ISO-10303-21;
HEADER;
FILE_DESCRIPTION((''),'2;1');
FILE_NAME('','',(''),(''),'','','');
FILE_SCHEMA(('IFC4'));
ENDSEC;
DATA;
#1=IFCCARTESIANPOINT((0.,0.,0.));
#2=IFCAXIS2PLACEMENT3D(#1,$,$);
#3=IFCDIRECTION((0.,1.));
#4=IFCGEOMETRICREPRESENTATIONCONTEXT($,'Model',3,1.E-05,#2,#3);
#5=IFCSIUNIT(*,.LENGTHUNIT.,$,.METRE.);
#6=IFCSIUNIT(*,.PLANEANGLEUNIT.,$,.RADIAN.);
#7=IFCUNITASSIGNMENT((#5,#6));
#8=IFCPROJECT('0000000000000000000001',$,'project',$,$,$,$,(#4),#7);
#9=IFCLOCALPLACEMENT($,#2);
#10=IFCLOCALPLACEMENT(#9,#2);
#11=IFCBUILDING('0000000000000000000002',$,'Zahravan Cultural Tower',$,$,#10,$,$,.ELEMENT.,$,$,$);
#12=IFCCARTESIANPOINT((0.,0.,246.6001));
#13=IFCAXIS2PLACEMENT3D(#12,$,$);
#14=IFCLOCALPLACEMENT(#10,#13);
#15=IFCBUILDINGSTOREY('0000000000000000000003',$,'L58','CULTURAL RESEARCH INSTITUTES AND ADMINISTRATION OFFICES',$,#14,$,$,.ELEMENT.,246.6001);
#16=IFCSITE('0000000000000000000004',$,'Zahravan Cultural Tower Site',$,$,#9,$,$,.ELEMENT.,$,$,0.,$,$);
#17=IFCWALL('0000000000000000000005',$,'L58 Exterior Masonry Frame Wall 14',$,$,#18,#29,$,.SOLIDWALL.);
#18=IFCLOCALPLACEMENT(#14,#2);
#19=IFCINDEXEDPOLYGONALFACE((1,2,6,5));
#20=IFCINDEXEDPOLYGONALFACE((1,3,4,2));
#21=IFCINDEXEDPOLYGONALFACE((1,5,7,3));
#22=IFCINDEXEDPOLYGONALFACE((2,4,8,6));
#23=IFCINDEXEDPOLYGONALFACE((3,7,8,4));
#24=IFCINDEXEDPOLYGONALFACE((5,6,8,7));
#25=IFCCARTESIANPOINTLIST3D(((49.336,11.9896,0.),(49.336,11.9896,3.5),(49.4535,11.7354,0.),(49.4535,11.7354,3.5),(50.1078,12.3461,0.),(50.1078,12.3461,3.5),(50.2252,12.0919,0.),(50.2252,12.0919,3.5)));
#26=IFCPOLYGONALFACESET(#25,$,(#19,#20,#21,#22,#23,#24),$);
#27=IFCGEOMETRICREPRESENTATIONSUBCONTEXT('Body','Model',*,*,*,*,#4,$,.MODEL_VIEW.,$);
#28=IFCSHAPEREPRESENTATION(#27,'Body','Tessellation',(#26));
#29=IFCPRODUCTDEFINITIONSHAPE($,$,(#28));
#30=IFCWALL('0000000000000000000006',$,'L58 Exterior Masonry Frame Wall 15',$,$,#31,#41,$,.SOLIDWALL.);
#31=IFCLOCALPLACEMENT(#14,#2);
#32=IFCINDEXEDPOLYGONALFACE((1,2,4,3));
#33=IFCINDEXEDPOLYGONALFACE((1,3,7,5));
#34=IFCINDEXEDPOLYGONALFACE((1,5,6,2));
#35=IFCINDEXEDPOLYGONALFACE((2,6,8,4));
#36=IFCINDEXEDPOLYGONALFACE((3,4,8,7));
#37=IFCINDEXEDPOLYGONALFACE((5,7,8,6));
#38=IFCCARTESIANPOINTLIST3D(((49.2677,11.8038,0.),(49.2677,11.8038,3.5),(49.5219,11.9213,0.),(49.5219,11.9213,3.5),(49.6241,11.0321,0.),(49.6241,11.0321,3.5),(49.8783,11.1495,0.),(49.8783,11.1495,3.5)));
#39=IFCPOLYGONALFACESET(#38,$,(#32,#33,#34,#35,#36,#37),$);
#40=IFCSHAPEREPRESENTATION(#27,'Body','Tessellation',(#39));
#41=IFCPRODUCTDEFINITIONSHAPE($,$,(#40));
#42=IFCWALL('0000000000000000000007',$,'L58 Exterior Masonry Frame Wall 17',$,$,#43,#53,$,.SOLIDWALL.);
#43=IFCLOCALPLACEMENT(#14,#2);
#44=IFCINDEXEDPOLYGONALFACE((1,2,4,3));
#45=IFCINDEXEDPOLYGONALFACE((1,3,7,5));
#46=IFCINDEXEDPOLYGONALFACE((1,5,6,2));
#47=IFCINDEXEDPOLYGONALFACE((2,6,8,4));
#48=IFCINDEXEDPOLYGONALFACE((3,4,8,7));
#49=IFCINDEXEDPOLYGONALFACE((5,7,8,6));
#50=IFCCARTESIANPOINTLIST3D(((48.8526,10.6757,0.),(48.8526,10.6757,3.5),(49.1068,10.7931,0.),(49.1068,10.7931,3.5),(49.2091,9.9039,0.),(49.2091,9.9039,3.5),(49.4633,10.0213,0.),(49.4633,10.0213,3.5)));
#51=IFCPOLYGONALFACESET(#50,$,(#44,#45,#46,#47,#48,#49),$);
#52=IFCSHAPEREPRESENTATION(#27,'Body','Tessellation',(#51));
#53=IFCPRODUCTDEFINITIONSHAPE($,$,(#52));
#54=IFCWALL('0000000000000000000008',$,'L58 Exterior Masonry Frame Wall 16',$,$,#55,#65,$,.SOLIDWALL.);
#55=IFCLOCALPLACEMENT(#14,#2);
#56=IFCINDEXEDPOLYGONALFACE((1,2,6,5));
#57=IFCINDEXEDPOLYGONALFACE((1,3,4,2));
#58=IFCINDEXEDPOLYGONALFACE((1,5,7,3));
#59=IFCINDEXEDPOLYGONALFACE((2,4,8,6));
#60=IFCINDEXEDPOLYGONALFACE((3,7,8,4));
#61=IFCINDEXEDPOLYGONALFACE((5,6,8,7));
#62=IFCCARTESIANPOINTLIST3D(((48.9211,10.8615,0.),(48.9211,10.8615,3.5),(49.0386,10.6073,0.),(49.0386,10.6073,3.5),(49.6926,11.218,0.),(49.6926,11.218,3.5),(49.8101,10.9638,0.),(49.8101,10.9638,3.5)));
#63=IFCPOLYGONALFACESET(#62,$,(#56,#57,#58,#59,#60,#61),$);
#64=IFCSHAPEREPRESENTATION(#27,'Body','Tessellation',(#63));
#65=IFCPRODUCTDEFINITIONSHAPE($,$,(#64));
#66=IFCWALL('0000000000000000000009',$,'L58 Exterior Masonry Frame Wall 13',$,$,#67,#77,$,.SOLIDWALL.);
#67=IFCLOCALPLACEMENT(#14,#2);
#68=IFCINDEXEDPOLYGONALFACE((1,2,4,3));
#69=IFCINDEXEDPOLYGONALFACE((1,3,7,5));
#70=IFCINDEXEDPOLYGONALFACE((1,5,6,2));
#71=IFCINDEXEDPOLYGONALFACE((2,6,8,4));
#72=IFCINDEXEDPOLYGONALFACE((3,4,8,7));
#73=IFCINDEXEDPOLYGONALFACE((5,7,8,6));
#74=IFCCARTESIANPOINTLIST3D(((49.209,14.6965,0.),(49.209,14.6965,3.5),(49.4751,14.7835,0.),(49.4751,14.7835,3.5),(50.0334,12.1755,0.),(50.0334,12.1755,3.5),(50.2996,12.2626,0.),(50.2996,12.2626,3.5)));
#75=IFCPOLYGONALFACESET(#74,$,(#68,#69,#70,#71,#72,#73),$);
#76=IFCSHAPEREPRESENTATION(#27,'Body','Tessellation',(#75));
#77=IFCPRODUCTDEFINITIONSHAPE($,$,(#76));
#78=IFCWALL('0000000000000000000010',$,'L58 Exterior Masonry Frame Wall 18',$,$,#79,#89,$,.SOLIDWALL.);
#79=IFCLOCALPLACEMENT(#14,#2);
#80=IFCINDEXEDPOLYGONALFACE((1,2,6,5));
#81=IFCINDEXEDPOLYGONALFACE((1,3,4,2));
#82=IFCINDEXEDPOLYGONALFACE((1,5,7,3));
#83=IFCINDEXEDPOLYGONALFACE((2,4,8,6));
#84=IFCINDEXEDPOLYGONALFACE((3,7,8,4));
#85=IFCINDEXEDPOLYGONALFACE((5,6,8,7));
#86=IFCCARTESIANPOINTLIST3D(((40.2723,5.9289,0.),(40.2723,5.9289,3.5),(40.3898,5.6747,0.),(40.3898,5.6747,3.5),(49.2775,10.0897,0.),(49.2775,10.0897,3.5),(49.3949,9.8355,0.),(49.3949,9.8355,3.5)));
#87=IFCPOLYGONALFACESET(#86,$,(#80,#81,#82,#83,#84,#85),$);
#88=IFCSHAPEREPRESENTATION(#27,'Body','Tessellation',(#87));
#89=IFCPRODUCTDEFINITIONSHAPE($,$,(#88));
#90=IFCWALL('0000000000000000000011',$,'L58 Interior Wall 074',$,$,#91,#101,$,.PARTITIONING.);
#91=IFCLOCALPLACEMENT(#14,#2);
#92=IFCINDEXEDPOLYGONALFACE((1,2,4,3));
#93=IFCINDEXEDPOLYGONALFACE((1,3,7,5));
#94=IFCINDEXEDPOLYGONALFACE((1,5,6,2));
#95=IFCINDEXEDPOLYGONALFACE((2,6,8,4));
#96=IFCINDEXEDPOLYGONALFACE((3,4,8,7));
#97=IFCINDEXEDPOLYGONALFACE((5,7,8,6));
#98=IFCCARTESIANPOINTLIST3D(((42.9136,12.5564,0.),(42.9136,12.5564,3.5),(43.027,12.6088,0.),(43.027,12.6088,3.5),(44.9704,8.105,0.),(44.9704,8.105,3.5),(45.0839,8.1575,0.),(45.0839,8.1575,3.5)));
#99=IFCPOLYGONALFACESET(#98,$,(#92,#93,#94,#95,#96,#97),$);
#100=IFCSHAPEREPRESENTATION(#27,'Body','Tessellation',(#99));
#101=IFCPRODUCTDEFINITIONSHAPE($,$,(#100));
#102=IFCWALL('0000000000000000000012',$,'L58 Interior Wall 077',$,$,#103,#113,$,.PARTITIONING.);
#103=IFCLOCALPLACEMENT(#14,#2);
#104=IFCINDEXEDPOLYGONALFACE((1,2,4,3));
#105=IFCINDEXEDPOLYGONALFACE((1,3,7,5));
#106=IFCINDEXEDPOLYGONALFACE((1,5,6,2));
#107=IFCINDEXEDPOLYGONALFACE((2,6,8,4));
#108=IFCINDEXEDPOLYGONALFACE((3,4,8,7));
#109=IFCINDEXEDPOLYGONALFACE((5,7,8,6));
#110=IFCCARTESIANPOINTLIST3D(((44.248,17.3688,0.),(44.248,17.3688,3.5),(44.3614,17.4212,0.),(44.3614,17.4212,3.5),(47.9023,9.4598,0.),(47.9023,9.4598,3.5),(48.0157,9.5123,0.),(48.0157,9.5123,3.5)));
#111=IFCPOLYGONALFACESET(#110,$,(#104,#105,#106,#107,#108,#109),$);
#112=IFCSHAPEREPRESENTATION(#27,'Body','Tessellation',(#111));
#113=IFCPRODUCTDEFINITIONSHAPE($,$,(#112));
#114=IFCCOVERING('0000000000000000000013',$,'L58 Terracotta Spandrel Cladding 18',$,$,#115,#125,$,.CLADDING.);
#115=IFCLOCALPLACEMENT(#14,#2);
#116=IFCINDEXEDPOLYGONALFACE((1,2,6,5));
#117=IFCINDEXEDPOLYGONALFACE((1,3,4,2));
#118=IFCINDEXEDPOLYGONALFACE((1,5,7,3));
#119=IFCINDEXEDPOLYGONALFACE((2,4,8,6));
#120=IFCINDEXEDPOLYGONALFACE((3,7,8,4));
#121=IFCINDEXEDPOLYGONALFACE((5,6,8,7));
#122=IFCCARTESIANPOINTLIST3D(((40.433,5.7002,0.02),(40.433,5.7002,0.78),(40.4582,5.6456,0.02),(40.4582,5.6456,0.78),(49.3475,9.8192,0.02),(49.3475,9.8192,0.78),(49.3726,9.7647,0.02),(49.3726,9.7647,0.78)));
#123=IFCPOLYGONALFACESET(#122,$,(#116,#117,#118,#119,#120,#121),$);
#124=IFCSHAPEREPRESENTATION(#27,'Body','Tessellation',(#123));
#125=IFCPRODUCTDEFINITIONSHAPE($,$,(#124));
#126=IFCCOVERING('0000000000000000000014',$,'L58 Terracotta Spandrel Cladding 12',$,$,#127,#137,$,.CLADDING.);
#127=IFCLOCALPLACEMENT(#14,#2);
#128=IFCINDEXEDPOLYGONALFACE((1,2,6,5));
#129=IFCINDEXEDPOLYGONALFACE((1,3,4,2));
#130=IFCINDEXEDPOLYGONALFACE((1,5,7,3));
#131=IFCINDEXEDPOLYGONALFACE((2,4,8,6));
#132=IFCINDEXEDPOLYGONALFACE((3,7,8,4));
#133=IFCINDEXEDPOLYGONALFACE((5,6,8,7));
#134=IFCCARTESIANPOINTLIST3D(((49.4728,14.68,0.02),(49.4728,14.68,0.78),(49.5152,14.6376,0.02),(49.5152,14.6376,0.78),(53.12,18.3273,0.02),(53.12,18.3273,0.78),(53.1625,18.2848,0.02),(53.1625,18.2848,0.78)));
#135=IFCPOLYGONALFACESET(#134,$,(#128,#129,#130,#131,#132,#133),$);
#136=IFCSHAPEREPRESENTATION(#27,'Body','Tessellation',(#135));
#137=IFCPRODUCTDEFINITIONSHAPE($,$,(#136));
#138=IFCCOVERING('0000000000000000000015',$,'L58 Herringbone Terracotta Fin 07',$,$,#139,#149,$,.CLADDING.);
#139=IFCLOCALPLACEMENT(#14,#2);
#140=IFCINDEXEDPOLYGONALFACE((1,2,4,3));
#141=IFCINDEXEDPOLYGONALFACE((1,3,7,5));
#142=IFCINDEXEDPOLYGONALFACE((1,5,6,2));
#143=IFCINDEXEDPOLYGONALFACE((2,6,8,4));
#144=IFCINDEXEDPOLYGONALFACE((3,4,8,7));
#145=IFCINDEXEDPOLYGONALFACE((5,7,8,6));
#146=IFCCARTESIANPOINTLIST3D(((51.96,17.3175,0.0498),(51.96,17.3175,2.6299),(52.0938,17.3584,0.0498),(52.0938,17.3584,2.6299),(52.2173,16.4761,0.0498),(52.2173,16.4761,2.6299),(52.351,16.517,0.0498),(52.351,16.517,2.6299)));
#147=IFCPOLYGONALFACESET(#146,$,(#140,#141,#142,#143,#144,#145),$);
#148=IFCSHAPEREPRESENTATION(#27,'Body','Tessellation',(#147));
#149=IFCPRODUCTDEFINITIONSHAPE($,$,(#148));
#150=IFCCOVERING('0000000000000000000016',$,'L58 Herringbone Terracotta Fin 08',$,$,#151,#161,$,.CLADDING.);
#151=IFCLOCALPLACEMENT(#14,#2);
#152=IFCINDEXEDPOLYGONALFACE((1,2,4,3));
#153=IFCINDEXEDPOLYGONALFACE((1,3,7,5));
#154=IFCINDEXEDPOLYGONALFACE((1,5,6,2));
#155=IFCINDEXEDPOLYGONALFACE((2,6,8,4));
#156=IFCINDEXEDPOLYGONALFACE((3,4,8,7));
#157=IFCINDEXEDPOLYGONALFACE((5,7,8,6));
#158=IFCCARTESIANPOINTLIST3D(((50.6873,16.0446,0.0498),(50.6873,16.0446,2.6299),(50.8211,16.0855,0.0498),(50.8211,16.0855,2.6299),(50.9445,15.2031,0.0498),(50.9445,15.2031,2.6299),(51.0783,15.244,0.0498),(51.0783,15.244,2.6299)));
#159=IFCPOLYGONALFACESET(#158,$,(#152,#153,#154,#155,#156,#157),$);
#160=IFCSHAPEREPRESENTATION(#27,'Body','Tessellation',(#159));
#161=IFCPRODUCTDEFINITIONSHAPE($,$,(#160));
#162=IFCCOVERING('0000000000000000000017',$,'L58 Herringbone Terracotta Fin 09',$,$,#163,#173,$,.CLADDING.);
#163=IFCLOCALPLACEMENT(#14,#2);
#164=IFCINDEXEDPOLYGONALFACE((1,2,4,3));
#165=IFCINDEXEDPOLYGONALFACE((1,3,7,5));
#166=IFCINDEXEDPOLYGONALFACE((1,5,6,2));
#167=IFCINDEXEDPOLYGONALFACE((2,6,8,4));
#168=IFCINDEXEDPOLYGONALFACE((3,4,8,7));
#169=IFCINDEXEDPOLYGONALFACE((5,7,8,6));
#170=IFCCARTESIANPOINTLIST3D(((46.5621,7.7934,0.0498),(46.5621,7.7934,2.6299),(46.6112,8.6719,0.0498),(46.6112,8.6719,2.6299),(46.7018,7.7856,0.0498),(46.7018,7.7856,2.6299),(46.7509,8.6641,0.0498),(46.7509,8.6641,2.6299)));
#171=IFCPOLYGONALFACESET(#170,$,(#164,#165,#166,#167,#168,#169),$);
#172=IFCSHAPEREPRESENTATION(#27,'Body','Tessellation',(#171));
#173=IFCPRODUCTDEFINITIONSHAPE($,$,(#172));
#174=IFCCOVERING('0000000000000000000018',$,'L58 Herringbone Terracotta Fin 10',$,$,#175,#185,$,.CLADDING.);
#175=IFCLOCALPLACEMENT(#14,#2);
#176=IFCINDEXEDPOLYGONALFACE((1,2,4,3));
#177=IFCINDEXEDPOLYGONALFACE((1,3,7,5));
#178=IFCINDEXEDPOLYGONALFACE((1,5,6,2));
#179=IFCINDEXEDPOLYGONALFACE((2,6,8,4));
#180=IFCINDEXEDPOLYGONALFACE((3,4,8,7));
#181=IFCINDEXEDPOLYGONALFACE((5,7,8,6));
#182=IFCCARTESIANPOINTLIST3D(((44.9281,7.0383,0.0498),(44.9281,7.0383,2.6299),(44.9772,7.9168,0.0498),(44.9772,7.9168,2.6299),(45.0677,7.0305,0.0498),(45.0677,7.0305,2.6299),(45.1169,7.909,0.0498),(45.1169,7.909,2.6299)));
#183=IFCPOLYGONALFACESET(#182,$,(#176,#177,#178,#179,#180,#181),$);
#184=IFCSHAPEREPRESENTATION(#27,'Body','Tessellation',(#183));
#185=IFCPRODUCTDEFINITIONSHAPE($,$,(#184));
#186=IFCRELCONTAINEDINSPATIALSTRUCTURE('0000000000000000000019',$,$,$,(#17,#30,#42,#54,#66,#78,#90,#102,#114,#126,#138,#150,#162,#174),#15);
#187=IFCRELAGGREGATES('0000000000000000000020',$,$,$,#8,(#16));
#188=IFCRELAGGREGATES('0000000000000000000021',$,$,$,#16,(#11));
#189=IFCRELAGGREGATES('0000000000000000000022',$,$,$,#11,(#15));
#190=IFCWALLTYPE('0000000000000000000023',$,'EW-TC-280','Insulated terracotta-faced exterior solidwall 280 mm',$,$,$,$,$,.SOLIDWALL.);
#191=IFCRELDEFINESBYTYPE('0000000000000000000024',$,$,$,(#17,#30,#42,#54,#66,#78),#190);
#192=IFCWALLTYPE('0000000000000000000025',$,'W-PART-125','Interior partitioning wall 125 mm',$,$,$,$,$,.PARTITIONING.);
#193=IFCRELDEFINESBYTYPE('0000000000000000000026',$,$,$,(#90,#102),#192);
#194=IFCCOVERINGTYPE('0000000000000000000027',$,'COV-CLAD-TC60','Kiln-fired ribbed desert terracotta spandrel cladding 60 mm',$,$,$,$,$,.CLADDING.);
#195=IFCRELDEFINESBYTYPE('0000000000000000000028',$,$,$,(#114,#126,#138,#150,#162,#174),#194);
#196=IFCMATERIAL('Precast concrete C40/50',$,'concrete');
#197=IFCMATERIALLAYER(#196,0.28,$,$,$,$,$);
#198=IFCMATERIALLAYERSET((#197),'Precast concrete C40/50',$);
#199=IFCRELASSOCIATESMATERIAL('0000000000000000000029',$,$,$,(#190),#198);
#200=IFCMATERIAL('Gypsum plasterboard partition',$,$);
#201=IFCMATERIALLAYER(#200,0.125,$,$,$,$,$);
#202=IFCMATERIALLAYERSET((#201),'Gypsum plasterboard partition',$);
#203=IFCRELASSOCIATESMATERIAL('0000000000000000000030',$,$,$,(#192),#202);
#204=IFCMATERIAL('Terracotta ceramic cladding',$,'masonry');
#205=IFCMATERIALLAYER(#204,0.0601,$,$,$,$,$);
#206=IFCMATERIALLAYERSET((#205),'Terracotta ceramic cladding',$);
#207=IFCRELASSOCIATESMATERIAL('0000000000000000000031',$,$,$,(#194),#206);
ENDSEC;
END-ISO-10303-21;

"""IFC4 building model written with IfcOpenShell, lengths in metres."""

from ifc_helpers import new_model, si_unit, direction, frame, frame_2d, origin, origin_2d, place, context, subcontext, project, spatial, rectangle, extrude, source, transform, mapped, material, layer, layer_set, type_object, element, save


model = new_model("IFC4")

# Units and contexts
model_context = context("Model", 3, precision=1e-05, world=origin(), true_north=direction((0.0, 1.0)))
body_context = subcontext(model_context, "Body", "Model", "MODEL_VIEW")
ifc_project = project(units=[si_unit("LENGTHUNIT", "METRE"), si_unit("PLANEANGLEUNIT", "RADIAN")], contexts=[model_context])

# Site, building, storey
site_placement = place(None, origin())
site = spatial("IfcSite", under=ifc_project, at=site_placement, Name="Zahravan Cultural Tower Site", CompositionType="ELEMENT", RefElevation=0.0)
building_placement = place(site_placement, origin())
building = spatial("IfcBuilding", under=site, at=building_placement, Name="Zahravan Cultural Tower", CompositionType="ELEMENT")
storey_placement = place(building_placement, frame((0.0, 0.0, 246.6001)))
storey = spatial("IfcBuildingStorey", under=building, at=storey_placement, Name="L58", Description="CULTURAL RESEARCH INSTITUTES AND ADMINISTRATION OFFICES", CompositionType="ELEMENT", Elevation=246.6001)

# Walls
ifc_material_1 = material(Name="Precast concrete C40/50", Category="concrete")
ifc_layer_1 = layer(ifc_material_1, 0.28)
ifc_layer_set_1 = layer_set([ifc_layer_1], Name="Precast concrete C40/50")
wall_type_1 = type_object("IfcWallType", Name="EW-TC-280", Description="Insulated terracotta-faced exterior solidwall 280 mm", PredefinedType="SOLIDWALL", material=ifc_layer_set_1)
shared_shape_1 = source(origin(), body_context, "Body", "SweptSolid", [
    extrude(rectangle(XDim=0.8501, YDim=0.28, at=frame_2d((0.425, 0.0))), origin(), (0.0, 0.0, 1.0), 3.5),
])
for number, where, z_axis, x_axis, name in (
    (1, (50.1665, 12.219, 0.0), (0.0, 0.0, 1.0), (-0.907842, -0.419313, 0.0), "L58 Exterior Masonry Frame Wall 14"),
    (2, (49.3948, 11.8625, 0.0), (0.0, 0.0, 1.0), (0.419313, -0.907842, 0.0), "L58 Exterior Masonry Frame Wall 15"),
    (3, (48.9797, 10.7344, 0.0), (0.0, 0.0, 1.0), (0.419313, -0.907842, 0.0), "L58 Exterior Masonry Frame Wall 17"),
):
    element("IfcWall", number, at=place(storey_placement, frame(where, z_axis=z_axis, x_axis=x_axis)), inside=storey, type_object=wall_type_1, Name=name, PredefinedType="SOLIDWALL", context=body_context, shape_type="MappedRepresentation", body=[
        mapped(shared_shape_1, transform((0.0, 0.0, 0.0), x_axis=(1.0, 0.0, 0.0), y_axis=(0.0, 1.0, 0.0), z_axis=(0.0, 0.0, 1.0), scale=1.0)),
    ])
shared_shape_2 = source(origin(), body_context, "Body", "SweptSolid", [
    extrude(rectangle(XDim=0.8499, YDim=0.28, at=frame_2d((0.4248, 0.0))), origin(), (0.0, 0.0, 1.0), 3.5),
])
wall_1_placement = place(storey_placement, frame((49.7512, 11.0908, 0.0), z_axis=(0.0, 0.0, 1.0), x_axis=(-0.907791, -0.419422, 0.0)))
element("IfcWall", 4, at=wall_1_placement, inside=storey, type_object=wall_type_1, Name="L58 Exterior Masonry Frame Wall 16", PredefinedType="SOLIDWALL", context=body_context, shape_type="MappedRepresentation", body=[
    mapped(shared_shape_2, transform((0.0, 0.0, 0.0), x_axis=(1.0, 0.0, 0.0), y_axis=(0.0, 1.0, 0.0), z_axis=(0.0, 0.0, 1.0), scale=1.0)),
])
shared_shape_3 = source(origin(), body_context, "Body", "SweptSolid", [
    extrude(rectangle(XDim=2.6523, YDim=0.28, at=frame_2d((1.3262, 0.0))), origin(), (0.0, 0.0, 1.0), 3.5),
])
wall_2_placement = place(storey_placement, frame((49.342, 14.74, 0.0), z_axis=(0.0, 0.0, 1.0), x_axis=(0.310838, -0.950463, 0.0)))
element("IfcWall", 5, at=wall_2_placement, inside=storey, type_object=wall_type_1, Name="L58 Exterior Masonry Frame Wall 13", PredefinedType="SOLIDWALL", context=body_context, shape_type="MappedRepresentation", body=[
    mapped(shared_shape_3, transform((0.0, 0.0, 0.0), x_axis=(1.0, 0.0, 0.0), y_axis=(0.0, 1.0, 0.0), z_axis=(0.0, 0.0, 1.0), scale=1.0)),
])
shared_shape_4 = source(origin(), body_context, "Body", "SweptSolid", [
    extrude(rectangle(XDim=9.9199, YDim=0.28, at=frame_2d((4.96, 0.0))), origin(), (0.0, 0.0, 1.0), 3.5),
])
wall_3_placement = place(storey_placement, frame((49.3362, 9.9626, 0.0), z_axis=(0.0, 0.0, 1.0), x_axis=(-0.90778, -0.419447, 0.0)))
element("IfcWall", 6, at=wall_3_placement, inside=storey, type_object=wall_type_1, Name="L58 Exterior Masonry Frame Wall 18", PredefinedType="SOLIDWALL", context=body_context, shape_type="MappedRepresentation", body=[
    mapped(shared_shape_4, transform((0.0, 0.0, 0.0), x_axis=(1.0, 0.0, 0.0), y_axis=(0.0, 1.0, 0.0), z_axis=(0.0, 0.0, 1.0), scale=1.0)),
])
ifc_material_2 = material(Name="Gypsum plasterboard partition")
ifc_layer_2 = layer(ifc_material_2, 0.125)
ifc_layer_set_2 = layer_set([ifc_layer_2], Name="Gypsum plasterboard partition")
wall_type_2 = type_object("IfcWallType", Name="W-PART-125", Description="Interior partitioning wall 125 mm", PredefinedType="PARTITIONING", material=ifc_layer_set_2)
shared_shape_5 = source(origin(), body_context, "Body", "SweptSolid", [
    extrude(rectangle(XDim=4.9036, YDim=0.125, at=frame_2d((2.4517, 0.0))), origin(), (0.0, 0.0, 1.0), 3.5),
])
wall_4_placement = place(storey_placement, frame((45.0271, 8.1313, 0.0), z_axis=(0.0, 0.0, 1.0), x_axis=(-0.419459, 0.907774, 0.0)))
element("IfcWall", 7, at=wall_4_placement, inside=storey, type_object=wall_type_2, Name="L58 Interior Wall 074", PredefinedType="PARTITIONING", context=body_context, shape_type="MappedRepresentation", body=[
    mapped(shared_shape_5, transform((0.0, 0.0, 0.0), x_axis=(1.0, 0.0, 0.0), y_axis=(0.0, 1.0, 0.0), z_axis=(0.0, 0.0, 1.0), scale=1.0)),
])
shared_shape_6 = source(origin(), body_context, "Body", "SweptSolid", [
    extrude(rectangle(XDim=8.7124, YDim=0.125, at=frame_2d((4.3562, 0.0))), origin(), (0.0, 0.0, 1.0), 3.5),
])
wall_5_placement = place(storey_placement, frame((44.3047, 17.395, 0.0), z_axis=(0.0, 0.0, 1.0), x_axis=(0.419438, -0.907784, 0.0)))
element("IfcWall", 8, at=wall_5_placement, inside=storey, type_object=wall_type_2, Name="L58 Interior Wall 077", PredefinedType="PARTITIONING", context=body_context, shape_type="MappedRepresentation", body=[
    mapped(shared_shape_6, transform((0.0, 0.0, 0.0), x_axis=(1.0, 0.0, 0.0), y_axis=(0.0, 1.0, 0.0), z_axis=(0.0, 0.0, 1.0), scale=1.0)),
])

# Coverings
ifc_material_3 = material(Name="Terracotta ceramic cladding", Category="masonry")
ifc_layer_3 = layer(ifc_material_3, 0.0601)
ifc_layer_set_3 = layer_set([ifc_layer_3], Name="Terracotta ceramic cladding")
covering_type = type_object("IfcCoveringType", Name="COV-CLAD-TC60", Description="Kiln-fired ribbed desert terracotta spandrel cladding 60 mm", PredefinedType="CLADDING", material=ifc_layer_set_3)
shared_shape_7 = source(origin(), body_context, "Body", "SweptSolid", [
    extrude(rectangle(XDim=9.8201, YDim=0.0601, at=origin_2d()), origin(), (0.0, 0.0, 1.0), 0.76),
])
covering_1_placement = place(storey_placement, frame((44.9028, 7.7324, 0.02), z_axis=(0.0, 0.0, 1.0), x_axis=(-0.907777, -0.419452, 0.0)))
element("IfcCovering", 9, at=covering_1_placement, inside=storey, type_object=covering_type, Name="L58 Terracotta Spandrel Cladding 18", PredefinedType="CLADDING", context=body_context, shape_type="MappedRepresentation", body=[
    mapped(shared_shape_7, transform((0.0, 0.0, 0.0), x_axis=(1.0, 0.0, 0.0), y_axis=(0.0, 1.0, 0.0), z_axis=(0.0, 0.0, 1.0), scale=1.0)),
])
shared_shape_8 = source(origin(), body_context, "Body", "SweptSolid", [
    extrude(rectangle(XDim=5.158, YDim=0.0601, at=origin_2d()), origin(), (0.0, 0.0, 1.0), 0.76),
])
covering_2_placement = place(storey_placement, frame((51.3176, 16.4824, 0.02), z_axis=(0.0, 0.0, 1.0), x_axis=(-0.707107, -0.707107, 0.0)))
element("IfcCovering", 10, at=covering_2_placement, inside=storey, type_object=covering_type, Name="L58 Terracotta Spandrel Cladding 12", PredefinedType="CLADDING", context=body_context, shape_type="MappedRepresentation", body=[
    mapped(shared_shape_8, transform((0.0, 0.0, 0.0), x_axis=(1.0, 0.0, 0.0), y_axis=(0.0, 1.0, 0.0), z_axis=(0.0, 0.0, 1.0), scale=1.0)),
])
shared_shape_9 = source(origin(), body_context, "Body", "SweptSolid", [
    extrude(rectangle(XDim=0.8799, YDim=0.1399, at=origin_2d()), origin(), (0.0, 0.0, 1.0), 2.5801),
])
for number, where, z_axis, x_axis, name in (
    (11, (52.1555, 16.9172, 0.0498), (0.0, 0.0, 1.0), (0.292372, -0.956305, 0.0), "L58 Herringbone Terracotta Fin 07"),
    (12, (50.8828, 15.6443, 0.0498), (0.0, 0.0, 1.0), (0.292372, -0.956305, 0.0), "L58 Herringbone Terracotta Fin 08"),
    (13, (46.6565, 8.2288, 0.0498), (0.0, 0.0, 1.0), (-0.055822, -0.998441, 0.0), "L58 Herringbone Terracotta Fin 09"),
    (14, (45.0225, 7.4736, 0.0498), (0.0, 0.0, 1.0), (-0.055822, -0.998441, 0.0), "L58 Herringbone Terracotta Fin 10"),
):
    element("IfcCovering", number, at=place(storey_placement, frame(where, z_axis=z_axis, x_axis=x_axis)), inside=storey, type_object=covering_type, Name=name, PredefinedType="CLADDING", context=body_context, shape_type="MappedRepresentation", body=[
        mapped(shared_shape_9, transform((0.0, 0.0, 0.0), x_axis=(1.0, 0.0, 0.0), y_axis=(0.0, 1.0, 0.0), z_axis=(0.0, 0.0, 1.0), scale=1.0)),
    ])

save(model, "model.ifc")
